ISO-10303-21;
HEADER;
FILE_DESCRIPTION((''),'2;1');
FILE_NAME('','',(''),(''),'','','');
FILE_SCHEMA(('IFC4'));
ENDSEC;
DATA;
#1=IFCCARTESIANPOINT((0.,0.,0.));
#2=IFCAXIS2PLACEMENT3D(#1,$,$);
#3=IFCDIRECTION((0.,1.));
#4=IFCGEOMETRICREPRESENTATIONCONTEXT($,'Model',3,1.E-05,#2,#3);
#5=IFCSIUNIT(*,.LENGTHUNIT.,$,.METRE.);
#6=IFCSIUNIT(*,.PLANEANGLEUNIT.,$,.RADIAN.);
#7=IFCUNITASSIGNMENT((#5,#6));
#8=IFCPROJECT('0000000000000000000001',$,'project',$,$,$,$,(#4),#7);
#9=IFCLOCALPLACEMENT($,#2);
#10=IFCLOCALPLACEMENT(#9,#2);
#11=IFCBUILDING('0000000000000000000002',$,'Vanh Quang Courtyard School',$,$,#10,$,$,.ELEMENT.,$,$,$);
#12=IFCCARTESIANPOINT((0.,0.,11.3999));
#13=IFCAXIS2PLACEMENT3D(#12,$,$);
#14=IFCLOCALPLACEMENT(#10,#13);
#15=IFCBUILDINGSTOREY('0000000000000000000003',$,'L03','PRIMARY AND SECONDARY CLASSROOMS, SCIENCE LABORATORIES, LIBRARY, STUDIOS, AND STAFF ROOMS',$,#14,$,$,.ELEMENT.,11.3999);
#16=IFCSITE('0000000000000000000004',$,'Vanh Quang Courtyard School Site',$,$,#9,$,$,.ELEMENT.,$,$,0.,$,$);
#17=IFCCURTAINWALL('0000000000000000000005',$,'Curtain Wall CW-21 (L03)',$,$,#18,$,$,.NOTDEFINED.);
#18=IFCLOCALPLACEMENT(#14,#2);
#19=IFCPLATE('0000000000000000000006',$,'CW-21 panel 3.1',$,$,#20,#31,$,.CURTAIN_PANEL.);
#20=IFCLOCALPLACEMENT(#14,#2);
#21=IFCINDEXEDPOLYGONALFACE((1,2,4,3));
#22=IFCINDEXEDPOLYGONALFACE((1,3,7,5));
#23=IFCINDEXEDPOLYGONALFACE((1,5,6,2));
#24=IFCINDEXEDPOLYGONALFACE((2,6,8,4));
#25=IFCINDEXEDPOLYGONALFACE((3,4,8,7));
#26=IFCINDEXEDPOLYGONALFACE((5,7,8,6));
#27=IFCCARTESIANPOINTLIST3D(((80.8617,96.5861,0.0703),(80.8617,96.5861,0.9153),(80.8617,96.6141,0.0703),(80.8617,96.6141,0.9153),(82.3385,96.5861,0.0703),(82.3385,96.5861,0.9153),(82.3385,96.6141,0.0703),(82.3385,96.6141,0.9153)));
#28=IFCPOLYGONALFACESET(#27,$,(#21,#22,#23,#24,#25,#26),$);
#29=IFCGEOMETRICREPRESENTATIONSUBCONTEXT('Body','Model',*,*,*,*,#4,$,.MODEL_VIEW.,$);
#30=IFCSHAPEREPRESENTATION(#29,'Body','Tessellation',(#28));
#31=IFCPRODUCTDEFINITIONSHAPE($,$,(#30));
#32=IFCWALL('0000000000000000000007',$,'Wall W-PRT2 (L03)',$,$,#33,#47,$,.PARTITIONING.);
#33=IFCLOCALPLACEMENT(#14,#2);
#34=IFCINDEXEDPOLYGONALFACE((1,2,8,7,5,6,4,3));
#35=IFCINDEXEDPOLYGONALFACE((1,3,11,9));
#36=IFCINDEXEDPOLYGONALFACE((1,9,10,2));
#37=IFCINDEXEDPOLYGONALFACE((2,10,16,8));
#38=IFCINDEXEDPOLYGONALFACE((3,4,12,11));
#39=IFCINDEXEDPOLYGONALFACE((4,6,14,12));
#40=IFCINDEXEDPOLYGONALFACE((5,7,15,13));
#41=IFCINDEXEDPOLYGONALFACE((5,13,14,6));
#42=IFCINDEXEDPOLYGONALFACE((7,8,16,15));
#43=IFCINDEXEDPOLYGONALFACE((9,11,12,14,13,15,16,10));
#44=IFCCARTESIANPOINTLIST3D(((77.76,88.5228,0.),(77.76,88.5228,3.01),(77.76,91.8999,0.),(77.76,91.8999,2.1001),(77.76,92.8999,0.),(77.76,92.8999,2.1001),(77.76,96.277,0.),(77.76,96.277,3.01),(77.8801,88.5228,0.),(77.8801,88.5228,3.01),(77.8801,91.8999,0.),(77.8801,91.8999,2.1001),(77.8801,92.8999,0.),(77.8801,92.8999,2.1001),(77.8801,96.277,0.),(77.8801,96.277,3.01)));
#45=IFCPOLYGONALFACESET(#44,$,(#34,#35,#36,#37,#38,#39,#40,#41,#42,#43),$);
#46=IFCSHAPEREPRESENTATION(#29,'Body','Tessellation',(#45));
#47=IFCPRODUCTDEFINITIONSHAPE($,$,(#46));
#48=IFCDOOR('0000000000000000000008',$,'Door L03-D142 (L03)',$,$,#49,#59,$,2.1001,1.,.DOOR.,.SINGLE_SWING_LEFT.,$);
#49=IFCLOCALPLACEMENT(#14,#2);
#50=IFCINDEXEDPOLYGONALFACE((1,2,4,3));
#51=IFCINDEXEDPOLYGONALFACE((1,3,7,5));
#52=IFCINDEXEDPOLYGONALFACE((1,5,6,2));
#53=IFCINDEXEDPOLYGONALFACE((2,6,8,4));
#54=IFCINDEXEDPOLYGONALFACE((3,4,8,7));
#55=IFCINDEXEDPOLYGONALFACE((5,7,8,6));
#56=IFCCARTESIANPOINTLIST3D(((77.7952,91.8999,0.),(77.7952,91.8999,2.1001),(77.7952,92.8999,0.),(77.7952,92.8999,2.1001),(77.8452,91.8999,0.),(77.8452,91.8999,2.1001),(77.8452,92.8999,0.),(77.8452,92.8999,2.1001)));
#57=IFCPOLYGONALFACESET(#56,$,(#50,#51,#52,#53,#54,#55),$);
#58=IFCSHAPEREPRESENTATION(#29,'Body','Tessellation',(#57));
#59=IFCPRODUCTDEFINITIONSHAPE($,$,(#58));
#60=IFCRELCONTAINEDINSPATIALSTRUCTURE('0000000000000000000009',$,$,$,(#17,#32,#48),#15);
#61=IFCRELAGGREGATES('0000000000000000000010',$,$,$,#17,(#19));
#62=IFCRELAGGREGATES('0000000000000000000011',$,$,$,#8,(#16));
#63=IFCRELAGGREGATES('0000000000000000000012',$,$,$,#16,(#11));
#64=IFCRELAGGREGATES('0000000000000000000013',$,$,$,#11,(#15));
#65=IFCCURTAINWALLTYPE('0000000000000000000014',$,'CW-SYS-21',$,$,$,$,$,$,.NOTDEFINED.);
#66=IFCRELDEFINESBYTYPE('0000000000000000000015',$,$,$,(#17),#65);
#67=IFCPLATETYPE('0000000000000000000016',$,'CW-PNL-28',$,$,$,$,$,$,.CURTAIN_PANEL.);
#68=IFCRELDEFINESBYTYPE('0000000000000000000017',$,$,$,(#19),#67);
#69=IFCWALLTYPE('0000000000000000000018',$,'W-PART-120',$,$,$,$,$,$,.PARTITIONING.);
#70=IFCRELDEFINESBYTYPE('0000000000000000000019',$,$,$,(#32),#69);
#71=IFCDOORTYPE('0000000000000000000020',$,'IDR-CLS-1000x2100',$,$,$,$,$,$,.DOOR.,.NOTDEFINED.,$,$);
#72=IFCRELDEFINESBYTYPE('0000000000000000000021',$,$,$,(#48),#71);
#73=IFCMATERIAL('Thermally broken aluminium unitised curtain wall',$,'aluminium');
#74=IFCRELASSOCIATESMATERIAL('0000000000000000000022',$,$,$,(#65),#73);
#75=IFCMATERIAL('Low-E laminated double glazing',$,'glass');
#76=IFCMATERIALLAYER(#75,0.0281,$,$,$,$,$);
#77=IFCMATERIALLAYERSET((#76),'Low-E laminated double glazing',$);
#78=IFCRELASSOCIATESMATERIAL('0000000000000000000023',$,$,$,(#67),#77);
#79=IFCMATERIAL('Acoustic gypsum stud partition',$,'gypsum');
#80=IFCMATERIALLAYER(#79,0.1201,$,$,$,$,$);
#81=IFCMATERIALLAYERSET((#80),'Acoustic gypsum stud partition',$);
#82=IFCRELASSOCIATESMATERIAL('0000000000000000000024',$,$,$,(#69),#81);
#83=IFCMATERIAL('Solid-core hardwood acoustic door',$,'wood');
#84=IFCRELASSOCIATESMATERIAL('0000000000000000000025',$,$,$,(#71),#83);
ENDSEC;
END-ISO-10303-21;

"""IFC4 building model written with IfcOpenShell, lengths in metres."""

from ifc_helpers import new_model, si_unit, direction, frame, frame_2d, origin, origin_2d, place, context, subcontext, project, spatial, rectangle, extrude, material, layer, layer_set, type_object, element, fill, aggregate, save


model = new_model("IFC4")

# Units and contexts
model_context = context("Model", 3, precision=1e-05, world=origin(), true_north=direction((0.0, 1.0)))
body_context = subcontext(model_context, "Body", "Model", "MODEL_VIEW")
ifc_project = project(units=[si_unit("LENGTHUNIT", "METRE"), si_unit("PLANEANGLEUNIT", "RADIAN")], contexts=[model_context])

# Site, building, storey
site_placement = place(None, origin())
site = spatial("IfcSite", under=ifc_project, at=site_placement, Name="Vanh Quang Courtyard School Site", CompositionType="ELEMENT", RefElevation=0.0)
building_placement = place(site_placement, origin())
building = spatial("IfcBuilding", under=site, at=building_placement, Name="Vanh Quang Courtyard School", CompositionType="ELEMENT")
storey_placement = place(building_placement, frame((0.0, 0.0, 11.3999)))
storey = spatial("IfcBuildingStorey", under=building, at=storey_placement, Name="L03", Description="PRIMARY AND SECONDARY CLASSROOMS, SCIENCE LABORATORIES, LIBRARY, STUDIOS, AND STAFF ROOMS", CompositionType="ELEMENT", Elevation=11.3999)

# Curtain wall
ifc_material_1 = material(Name="Thermally broken aluminium unitised curtain wall", Category="aluminium")
curtain_wall_type = type_object("IfcCurtainWallType", Name="CW-SYS-21", PredefinedType="NOTDEFINED", material=ifc_material_1)
curtain_wall_placement = place(storey_placement, origin())
curtain_wall = element("IfcCurtainWall", 1, at=curtain_wall_placement, inside=storey, type_object=curtain_wall_type, Name="Curtain Wall CW-21 (L03)", PredefinedType="NOTDEFINED")

# Plate
ifc_material_2 = material(Name="Low-E laminated double glazing", Category="glass")
ifc_layer_1 = layer(ifc_material_2, 0.0281)
ifc_layer_set_1 = layer_set([ifc_layer_1], Name="Low-E laminated double glazing")
plate_type = type_object("IfcPlateType", Name="CW-PNL-28", PredefinedType="CURTAIN_PANEL", material=ifc_layer_set_1)
plate_1_placement = place(storey_placement, frame((81.6001, 96.6001, 0.0703), z_axis=(0.0, 0.0, 1.0), x_axis=(1.0, 0.0, 0.0)))
plate_1 = element("IfcPlate", 2, at=plate_1_placement, type_object=plate_type, Name="CW-21 panel 3.1", PredefinedType="CURTAIN_PANEL", context=body_context, shape_type="SweptSolid", body=[
    extrude(rectangle(XDim=1.4768, YDim=0.0281, at=origin_2d()), origin(), (0.0, 0.0, 1.0), 0.845),
])
aggregate(curtain_wall, [plate_1])

# Wall, opening, door
ifc_material_3 = material(Name="Acoustic gypsum stud partition", Category="gypsum")
ifc_layer_2 = layer(ifc_material_3, 0.1201)
ifc_layer_set_2 = layer_set([ifc_layer_2], Name="Acoustic gypsum stud partition")
wall_type = type_object("IfcWallType", Name="W-PART-120", PredefinedType="PARTITIONING", material=ifc_layer_set_2)
wall_placement = place(storey_placement, frame((77.8201, 88.5229, 0.0), z_axis=(0.0, 0.0, 1.0), x_axis=(0.0, 1.0, 0.0)))
wall = element("IfcWall", 3, at=wall_placement, inside=storey, type_object=wall_type, Name="Wall W-PRT2 (L03)", PredefinedType="PARTITIONING", context=body_context, shape_type="SweptSolid", body=[
    extrude(rectangle(XDim=7.7542, YDim=0.1201, at=frame_2d((3.877, 0.0))), origin(), (0.0, 0.0, 1.0), 3.01),
])
opening_placement = place(wall_placement, frame((3.377, 0.0, 0.0)))
opening = element("IfcOpeningElement", 4, at=opening_placement, cuts=wall, PredefinedType="OPENING", context=body_context, shape_type="SweptSolid", body=[
    extrude(rectangle(XDim=1.0, YDim=2.1001, at=frame_2d((0.5, 1.05))), frame((0.0, 0.0701, 0.0), z_axis=(0.0, -1.0, 0.0), x_axis=(1.0, 0.0, 0.0)), (0.0, 0.0, 1.0), 0.1401),
])
ifc_material_4 = material(Name="Solid-core hardwood acoustic door", Category="wood")
door_type = type_object("IfcDoorType", Name="IDR-CLS-1000x2100", OperationType="NOTDEFINED", PredefinedType="DOOR", material=ifc_material_4)
door_placement = place(opening_placement, origin())
door = element("IfcDoor", 5, at=door_placement, inside=storey, type_object=door_type, Name="Door L03-D142 (L03)", OperationType="SINGLE_SWING_LEFT", OverallHeight=2.1001, OverallWidth=1.0, PredefinedType="DOOR", context=body_context, shape_type="SweptSolid", body=[
    extrude(rectangle(XDim=1.0, YDim=2.1001, at=frame_2d((0.5, 1.05))), frame((0.0, 0.0249, 0.0), z_axis=(0.0, -1.0, 0.0), x_axis=(1.0, 0.0, 0.0)), (0.0, 0.0, 1.0), 0.05),
])
fill(opening, door)

save(model, "model.ifc")
